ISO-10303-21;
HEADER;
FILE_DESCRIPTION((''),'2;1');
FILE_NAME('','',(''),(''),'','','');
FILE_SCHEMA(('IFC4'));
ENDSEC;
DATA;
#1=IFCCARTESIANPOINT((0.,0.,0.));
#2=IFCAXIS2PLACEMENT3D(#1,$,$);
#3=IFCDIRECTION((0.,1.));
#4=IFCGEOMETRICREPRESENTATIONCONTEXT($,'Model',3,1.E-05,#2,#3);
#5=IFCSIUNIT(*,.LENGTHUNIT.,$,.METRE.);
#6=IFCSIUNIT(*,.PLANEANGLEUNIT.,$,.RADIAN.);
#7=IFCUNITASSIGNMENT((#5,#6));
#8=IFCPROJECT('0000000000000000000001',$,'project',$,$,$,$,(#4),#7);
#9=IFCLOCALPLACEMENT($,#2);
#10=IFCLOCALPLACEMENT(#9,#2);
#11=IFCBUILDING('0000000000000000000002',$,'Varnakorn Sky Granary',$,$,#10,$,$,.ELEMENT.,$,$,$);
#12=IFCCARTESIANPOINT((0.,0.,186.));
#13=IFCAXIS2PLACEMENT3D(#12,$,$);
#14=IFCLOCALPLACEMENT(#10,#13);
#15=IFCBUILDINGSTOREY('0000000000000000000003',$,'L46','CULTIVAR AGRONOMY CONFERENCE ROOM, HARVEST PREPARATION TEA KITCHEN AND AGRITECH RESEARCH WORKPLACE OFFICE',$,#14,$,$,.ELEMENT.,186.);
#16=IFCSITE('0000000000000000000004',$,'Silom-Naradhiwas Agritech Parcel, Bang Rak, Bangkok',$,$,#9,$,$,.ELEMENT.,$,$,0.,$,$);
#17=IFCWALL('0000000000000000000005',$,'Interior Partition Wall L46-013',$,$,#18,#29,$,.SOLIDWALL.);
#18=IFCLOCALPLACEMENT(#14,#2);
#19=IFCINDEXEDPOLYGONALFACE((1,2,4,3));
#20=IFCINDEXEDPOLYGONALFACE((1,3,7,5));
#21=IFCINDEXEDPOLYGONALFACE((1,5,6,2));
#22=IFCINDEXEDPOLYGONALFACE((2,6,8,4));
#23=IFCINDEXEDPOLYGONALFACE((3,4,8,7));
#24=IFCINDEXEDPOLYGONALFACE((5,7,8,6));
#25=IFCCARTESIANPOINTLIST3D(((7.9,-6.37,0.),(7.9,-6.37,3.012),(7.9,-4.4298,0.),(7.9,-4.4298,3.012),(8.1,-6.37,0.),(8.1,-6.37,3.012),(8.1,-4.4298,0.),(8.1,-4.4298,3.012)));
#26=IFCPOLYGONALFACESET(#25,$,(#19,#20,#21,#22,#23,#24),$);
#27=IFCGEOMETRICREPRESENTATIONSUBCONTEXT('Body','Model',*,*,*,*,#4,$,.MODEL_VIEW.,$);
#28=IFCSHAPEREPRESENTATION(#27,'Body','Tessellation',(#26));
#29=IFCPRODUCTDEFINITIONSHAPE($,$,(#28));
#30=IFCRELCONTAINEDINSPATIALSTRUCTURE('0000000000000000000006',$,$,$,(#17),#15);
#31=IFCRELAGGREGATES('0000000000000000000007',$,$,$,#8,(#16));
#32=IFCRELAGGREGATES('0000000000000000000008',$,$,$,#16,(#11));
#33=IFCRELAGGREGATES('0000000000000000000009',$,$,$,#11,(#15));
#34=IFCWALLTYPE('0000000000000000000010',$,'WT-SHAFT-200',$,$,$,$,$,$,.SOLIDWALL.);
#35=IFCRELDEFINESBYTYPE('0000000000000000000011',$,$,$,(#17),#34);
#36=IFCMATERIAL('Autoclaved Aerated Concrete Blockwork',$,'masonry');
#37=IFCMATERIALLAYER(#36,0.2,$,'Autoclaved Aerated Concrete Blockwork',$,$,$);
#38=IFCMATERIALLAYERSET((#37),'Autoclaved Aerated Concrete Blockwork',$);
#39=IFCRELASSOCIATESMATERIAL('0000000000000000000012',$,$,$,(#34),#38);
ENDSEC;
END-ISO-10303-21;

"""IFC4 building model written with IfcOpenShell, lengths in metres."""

from ifc_helpers import new_model, si_unit, direction, frame, frame_2d, origin, place, context, subcontext, project, spatial, rectangle, extrude, material, layer, layer_set, type_object, element, save


model = new_model("IFC4")

# Units and contexts
model_context = context("Model", 3, precision=1e-05, world=origin(), true_north=direction((0.0, 1.0)))
body_context = subcontext(model_context, "Body", "Model", "MODEL_VIEW")
ifc_project = project(units=[si_unit("LENGTHUNIT", "METRE"), si_unit("PLANEANGLEUNIT", "RADIAN")], contexts=[model_context])

# Site, building, storey
site_placement = place(None, origin())
site = spatial("IfcSite", under=ifc_project, at=site_placement, Name="Silom-Naradhiwas Agritech Parcel, Bang Rak, Bangkok", CompositionType="ELEMENT", RefElevation=0.0)
building_placement = place(site_placement, origin())
building = spatial("IfcBuilding", under=site, at=building_placement, Name="Varnakorn Sky Granary", CompositionType="ELEMENT")
storey_placement = place(building_placement, frame((0.0, 0.0, 186.0)))
storey = spatial("IfcBuildingStorey", under=building, at=storey_placement, Name="L46", Description="CULTIVAR AGRONOMY CONFERENCE ROOM, HARVEST PREPARATION TEA KITCHEN AND AGRITECH RESEARCH WORKPLACE OFFICE", CompositionType="ELEMENT", Elevation=186.0)

# Shared definitions
ifc_material_1 = material(Name="Autoclaved Aerated Concrete Blockwork", Category="masonry")

# Wall
ifc_layer_1 = layer(ifc_material_1, 0.2, Name="Autoclaved Aerated Concrete Blockwork")
ifc_layer_set_1 = layer_set([ifc_layer_1], Name="Autoclaved Aerated Concrete Blockwork")
wall_type_1 = type_object("IfcWallType", Name="WT-SHAFT-200", PredefinedType="SOLIDWALL", material=ifc_layer_set_1)
wall_1_placement = place(storey_placement, frame((8.0, -6.3701, 0.0), z_axis=(0.0, 0.0, 1.0), x_axis=(0.0, 1.0, 0.0)))
element("IfcWall", 1, at=wall_1_placement, inside=storey, type_object=wall_type_1, Name="Interior Partition Wall L46-013", PredefinedType="SOLIDWALL", context=body_context, shape_type="SweptSolid", body=[
    extrude(rectangle(XDim=1.9402, YDim=0.2, at=frame_2d((0.9702, 0.0))), origin(), (0.0, 0.0, 1.0), 3.012),
])

save(model, "model.ifc")
